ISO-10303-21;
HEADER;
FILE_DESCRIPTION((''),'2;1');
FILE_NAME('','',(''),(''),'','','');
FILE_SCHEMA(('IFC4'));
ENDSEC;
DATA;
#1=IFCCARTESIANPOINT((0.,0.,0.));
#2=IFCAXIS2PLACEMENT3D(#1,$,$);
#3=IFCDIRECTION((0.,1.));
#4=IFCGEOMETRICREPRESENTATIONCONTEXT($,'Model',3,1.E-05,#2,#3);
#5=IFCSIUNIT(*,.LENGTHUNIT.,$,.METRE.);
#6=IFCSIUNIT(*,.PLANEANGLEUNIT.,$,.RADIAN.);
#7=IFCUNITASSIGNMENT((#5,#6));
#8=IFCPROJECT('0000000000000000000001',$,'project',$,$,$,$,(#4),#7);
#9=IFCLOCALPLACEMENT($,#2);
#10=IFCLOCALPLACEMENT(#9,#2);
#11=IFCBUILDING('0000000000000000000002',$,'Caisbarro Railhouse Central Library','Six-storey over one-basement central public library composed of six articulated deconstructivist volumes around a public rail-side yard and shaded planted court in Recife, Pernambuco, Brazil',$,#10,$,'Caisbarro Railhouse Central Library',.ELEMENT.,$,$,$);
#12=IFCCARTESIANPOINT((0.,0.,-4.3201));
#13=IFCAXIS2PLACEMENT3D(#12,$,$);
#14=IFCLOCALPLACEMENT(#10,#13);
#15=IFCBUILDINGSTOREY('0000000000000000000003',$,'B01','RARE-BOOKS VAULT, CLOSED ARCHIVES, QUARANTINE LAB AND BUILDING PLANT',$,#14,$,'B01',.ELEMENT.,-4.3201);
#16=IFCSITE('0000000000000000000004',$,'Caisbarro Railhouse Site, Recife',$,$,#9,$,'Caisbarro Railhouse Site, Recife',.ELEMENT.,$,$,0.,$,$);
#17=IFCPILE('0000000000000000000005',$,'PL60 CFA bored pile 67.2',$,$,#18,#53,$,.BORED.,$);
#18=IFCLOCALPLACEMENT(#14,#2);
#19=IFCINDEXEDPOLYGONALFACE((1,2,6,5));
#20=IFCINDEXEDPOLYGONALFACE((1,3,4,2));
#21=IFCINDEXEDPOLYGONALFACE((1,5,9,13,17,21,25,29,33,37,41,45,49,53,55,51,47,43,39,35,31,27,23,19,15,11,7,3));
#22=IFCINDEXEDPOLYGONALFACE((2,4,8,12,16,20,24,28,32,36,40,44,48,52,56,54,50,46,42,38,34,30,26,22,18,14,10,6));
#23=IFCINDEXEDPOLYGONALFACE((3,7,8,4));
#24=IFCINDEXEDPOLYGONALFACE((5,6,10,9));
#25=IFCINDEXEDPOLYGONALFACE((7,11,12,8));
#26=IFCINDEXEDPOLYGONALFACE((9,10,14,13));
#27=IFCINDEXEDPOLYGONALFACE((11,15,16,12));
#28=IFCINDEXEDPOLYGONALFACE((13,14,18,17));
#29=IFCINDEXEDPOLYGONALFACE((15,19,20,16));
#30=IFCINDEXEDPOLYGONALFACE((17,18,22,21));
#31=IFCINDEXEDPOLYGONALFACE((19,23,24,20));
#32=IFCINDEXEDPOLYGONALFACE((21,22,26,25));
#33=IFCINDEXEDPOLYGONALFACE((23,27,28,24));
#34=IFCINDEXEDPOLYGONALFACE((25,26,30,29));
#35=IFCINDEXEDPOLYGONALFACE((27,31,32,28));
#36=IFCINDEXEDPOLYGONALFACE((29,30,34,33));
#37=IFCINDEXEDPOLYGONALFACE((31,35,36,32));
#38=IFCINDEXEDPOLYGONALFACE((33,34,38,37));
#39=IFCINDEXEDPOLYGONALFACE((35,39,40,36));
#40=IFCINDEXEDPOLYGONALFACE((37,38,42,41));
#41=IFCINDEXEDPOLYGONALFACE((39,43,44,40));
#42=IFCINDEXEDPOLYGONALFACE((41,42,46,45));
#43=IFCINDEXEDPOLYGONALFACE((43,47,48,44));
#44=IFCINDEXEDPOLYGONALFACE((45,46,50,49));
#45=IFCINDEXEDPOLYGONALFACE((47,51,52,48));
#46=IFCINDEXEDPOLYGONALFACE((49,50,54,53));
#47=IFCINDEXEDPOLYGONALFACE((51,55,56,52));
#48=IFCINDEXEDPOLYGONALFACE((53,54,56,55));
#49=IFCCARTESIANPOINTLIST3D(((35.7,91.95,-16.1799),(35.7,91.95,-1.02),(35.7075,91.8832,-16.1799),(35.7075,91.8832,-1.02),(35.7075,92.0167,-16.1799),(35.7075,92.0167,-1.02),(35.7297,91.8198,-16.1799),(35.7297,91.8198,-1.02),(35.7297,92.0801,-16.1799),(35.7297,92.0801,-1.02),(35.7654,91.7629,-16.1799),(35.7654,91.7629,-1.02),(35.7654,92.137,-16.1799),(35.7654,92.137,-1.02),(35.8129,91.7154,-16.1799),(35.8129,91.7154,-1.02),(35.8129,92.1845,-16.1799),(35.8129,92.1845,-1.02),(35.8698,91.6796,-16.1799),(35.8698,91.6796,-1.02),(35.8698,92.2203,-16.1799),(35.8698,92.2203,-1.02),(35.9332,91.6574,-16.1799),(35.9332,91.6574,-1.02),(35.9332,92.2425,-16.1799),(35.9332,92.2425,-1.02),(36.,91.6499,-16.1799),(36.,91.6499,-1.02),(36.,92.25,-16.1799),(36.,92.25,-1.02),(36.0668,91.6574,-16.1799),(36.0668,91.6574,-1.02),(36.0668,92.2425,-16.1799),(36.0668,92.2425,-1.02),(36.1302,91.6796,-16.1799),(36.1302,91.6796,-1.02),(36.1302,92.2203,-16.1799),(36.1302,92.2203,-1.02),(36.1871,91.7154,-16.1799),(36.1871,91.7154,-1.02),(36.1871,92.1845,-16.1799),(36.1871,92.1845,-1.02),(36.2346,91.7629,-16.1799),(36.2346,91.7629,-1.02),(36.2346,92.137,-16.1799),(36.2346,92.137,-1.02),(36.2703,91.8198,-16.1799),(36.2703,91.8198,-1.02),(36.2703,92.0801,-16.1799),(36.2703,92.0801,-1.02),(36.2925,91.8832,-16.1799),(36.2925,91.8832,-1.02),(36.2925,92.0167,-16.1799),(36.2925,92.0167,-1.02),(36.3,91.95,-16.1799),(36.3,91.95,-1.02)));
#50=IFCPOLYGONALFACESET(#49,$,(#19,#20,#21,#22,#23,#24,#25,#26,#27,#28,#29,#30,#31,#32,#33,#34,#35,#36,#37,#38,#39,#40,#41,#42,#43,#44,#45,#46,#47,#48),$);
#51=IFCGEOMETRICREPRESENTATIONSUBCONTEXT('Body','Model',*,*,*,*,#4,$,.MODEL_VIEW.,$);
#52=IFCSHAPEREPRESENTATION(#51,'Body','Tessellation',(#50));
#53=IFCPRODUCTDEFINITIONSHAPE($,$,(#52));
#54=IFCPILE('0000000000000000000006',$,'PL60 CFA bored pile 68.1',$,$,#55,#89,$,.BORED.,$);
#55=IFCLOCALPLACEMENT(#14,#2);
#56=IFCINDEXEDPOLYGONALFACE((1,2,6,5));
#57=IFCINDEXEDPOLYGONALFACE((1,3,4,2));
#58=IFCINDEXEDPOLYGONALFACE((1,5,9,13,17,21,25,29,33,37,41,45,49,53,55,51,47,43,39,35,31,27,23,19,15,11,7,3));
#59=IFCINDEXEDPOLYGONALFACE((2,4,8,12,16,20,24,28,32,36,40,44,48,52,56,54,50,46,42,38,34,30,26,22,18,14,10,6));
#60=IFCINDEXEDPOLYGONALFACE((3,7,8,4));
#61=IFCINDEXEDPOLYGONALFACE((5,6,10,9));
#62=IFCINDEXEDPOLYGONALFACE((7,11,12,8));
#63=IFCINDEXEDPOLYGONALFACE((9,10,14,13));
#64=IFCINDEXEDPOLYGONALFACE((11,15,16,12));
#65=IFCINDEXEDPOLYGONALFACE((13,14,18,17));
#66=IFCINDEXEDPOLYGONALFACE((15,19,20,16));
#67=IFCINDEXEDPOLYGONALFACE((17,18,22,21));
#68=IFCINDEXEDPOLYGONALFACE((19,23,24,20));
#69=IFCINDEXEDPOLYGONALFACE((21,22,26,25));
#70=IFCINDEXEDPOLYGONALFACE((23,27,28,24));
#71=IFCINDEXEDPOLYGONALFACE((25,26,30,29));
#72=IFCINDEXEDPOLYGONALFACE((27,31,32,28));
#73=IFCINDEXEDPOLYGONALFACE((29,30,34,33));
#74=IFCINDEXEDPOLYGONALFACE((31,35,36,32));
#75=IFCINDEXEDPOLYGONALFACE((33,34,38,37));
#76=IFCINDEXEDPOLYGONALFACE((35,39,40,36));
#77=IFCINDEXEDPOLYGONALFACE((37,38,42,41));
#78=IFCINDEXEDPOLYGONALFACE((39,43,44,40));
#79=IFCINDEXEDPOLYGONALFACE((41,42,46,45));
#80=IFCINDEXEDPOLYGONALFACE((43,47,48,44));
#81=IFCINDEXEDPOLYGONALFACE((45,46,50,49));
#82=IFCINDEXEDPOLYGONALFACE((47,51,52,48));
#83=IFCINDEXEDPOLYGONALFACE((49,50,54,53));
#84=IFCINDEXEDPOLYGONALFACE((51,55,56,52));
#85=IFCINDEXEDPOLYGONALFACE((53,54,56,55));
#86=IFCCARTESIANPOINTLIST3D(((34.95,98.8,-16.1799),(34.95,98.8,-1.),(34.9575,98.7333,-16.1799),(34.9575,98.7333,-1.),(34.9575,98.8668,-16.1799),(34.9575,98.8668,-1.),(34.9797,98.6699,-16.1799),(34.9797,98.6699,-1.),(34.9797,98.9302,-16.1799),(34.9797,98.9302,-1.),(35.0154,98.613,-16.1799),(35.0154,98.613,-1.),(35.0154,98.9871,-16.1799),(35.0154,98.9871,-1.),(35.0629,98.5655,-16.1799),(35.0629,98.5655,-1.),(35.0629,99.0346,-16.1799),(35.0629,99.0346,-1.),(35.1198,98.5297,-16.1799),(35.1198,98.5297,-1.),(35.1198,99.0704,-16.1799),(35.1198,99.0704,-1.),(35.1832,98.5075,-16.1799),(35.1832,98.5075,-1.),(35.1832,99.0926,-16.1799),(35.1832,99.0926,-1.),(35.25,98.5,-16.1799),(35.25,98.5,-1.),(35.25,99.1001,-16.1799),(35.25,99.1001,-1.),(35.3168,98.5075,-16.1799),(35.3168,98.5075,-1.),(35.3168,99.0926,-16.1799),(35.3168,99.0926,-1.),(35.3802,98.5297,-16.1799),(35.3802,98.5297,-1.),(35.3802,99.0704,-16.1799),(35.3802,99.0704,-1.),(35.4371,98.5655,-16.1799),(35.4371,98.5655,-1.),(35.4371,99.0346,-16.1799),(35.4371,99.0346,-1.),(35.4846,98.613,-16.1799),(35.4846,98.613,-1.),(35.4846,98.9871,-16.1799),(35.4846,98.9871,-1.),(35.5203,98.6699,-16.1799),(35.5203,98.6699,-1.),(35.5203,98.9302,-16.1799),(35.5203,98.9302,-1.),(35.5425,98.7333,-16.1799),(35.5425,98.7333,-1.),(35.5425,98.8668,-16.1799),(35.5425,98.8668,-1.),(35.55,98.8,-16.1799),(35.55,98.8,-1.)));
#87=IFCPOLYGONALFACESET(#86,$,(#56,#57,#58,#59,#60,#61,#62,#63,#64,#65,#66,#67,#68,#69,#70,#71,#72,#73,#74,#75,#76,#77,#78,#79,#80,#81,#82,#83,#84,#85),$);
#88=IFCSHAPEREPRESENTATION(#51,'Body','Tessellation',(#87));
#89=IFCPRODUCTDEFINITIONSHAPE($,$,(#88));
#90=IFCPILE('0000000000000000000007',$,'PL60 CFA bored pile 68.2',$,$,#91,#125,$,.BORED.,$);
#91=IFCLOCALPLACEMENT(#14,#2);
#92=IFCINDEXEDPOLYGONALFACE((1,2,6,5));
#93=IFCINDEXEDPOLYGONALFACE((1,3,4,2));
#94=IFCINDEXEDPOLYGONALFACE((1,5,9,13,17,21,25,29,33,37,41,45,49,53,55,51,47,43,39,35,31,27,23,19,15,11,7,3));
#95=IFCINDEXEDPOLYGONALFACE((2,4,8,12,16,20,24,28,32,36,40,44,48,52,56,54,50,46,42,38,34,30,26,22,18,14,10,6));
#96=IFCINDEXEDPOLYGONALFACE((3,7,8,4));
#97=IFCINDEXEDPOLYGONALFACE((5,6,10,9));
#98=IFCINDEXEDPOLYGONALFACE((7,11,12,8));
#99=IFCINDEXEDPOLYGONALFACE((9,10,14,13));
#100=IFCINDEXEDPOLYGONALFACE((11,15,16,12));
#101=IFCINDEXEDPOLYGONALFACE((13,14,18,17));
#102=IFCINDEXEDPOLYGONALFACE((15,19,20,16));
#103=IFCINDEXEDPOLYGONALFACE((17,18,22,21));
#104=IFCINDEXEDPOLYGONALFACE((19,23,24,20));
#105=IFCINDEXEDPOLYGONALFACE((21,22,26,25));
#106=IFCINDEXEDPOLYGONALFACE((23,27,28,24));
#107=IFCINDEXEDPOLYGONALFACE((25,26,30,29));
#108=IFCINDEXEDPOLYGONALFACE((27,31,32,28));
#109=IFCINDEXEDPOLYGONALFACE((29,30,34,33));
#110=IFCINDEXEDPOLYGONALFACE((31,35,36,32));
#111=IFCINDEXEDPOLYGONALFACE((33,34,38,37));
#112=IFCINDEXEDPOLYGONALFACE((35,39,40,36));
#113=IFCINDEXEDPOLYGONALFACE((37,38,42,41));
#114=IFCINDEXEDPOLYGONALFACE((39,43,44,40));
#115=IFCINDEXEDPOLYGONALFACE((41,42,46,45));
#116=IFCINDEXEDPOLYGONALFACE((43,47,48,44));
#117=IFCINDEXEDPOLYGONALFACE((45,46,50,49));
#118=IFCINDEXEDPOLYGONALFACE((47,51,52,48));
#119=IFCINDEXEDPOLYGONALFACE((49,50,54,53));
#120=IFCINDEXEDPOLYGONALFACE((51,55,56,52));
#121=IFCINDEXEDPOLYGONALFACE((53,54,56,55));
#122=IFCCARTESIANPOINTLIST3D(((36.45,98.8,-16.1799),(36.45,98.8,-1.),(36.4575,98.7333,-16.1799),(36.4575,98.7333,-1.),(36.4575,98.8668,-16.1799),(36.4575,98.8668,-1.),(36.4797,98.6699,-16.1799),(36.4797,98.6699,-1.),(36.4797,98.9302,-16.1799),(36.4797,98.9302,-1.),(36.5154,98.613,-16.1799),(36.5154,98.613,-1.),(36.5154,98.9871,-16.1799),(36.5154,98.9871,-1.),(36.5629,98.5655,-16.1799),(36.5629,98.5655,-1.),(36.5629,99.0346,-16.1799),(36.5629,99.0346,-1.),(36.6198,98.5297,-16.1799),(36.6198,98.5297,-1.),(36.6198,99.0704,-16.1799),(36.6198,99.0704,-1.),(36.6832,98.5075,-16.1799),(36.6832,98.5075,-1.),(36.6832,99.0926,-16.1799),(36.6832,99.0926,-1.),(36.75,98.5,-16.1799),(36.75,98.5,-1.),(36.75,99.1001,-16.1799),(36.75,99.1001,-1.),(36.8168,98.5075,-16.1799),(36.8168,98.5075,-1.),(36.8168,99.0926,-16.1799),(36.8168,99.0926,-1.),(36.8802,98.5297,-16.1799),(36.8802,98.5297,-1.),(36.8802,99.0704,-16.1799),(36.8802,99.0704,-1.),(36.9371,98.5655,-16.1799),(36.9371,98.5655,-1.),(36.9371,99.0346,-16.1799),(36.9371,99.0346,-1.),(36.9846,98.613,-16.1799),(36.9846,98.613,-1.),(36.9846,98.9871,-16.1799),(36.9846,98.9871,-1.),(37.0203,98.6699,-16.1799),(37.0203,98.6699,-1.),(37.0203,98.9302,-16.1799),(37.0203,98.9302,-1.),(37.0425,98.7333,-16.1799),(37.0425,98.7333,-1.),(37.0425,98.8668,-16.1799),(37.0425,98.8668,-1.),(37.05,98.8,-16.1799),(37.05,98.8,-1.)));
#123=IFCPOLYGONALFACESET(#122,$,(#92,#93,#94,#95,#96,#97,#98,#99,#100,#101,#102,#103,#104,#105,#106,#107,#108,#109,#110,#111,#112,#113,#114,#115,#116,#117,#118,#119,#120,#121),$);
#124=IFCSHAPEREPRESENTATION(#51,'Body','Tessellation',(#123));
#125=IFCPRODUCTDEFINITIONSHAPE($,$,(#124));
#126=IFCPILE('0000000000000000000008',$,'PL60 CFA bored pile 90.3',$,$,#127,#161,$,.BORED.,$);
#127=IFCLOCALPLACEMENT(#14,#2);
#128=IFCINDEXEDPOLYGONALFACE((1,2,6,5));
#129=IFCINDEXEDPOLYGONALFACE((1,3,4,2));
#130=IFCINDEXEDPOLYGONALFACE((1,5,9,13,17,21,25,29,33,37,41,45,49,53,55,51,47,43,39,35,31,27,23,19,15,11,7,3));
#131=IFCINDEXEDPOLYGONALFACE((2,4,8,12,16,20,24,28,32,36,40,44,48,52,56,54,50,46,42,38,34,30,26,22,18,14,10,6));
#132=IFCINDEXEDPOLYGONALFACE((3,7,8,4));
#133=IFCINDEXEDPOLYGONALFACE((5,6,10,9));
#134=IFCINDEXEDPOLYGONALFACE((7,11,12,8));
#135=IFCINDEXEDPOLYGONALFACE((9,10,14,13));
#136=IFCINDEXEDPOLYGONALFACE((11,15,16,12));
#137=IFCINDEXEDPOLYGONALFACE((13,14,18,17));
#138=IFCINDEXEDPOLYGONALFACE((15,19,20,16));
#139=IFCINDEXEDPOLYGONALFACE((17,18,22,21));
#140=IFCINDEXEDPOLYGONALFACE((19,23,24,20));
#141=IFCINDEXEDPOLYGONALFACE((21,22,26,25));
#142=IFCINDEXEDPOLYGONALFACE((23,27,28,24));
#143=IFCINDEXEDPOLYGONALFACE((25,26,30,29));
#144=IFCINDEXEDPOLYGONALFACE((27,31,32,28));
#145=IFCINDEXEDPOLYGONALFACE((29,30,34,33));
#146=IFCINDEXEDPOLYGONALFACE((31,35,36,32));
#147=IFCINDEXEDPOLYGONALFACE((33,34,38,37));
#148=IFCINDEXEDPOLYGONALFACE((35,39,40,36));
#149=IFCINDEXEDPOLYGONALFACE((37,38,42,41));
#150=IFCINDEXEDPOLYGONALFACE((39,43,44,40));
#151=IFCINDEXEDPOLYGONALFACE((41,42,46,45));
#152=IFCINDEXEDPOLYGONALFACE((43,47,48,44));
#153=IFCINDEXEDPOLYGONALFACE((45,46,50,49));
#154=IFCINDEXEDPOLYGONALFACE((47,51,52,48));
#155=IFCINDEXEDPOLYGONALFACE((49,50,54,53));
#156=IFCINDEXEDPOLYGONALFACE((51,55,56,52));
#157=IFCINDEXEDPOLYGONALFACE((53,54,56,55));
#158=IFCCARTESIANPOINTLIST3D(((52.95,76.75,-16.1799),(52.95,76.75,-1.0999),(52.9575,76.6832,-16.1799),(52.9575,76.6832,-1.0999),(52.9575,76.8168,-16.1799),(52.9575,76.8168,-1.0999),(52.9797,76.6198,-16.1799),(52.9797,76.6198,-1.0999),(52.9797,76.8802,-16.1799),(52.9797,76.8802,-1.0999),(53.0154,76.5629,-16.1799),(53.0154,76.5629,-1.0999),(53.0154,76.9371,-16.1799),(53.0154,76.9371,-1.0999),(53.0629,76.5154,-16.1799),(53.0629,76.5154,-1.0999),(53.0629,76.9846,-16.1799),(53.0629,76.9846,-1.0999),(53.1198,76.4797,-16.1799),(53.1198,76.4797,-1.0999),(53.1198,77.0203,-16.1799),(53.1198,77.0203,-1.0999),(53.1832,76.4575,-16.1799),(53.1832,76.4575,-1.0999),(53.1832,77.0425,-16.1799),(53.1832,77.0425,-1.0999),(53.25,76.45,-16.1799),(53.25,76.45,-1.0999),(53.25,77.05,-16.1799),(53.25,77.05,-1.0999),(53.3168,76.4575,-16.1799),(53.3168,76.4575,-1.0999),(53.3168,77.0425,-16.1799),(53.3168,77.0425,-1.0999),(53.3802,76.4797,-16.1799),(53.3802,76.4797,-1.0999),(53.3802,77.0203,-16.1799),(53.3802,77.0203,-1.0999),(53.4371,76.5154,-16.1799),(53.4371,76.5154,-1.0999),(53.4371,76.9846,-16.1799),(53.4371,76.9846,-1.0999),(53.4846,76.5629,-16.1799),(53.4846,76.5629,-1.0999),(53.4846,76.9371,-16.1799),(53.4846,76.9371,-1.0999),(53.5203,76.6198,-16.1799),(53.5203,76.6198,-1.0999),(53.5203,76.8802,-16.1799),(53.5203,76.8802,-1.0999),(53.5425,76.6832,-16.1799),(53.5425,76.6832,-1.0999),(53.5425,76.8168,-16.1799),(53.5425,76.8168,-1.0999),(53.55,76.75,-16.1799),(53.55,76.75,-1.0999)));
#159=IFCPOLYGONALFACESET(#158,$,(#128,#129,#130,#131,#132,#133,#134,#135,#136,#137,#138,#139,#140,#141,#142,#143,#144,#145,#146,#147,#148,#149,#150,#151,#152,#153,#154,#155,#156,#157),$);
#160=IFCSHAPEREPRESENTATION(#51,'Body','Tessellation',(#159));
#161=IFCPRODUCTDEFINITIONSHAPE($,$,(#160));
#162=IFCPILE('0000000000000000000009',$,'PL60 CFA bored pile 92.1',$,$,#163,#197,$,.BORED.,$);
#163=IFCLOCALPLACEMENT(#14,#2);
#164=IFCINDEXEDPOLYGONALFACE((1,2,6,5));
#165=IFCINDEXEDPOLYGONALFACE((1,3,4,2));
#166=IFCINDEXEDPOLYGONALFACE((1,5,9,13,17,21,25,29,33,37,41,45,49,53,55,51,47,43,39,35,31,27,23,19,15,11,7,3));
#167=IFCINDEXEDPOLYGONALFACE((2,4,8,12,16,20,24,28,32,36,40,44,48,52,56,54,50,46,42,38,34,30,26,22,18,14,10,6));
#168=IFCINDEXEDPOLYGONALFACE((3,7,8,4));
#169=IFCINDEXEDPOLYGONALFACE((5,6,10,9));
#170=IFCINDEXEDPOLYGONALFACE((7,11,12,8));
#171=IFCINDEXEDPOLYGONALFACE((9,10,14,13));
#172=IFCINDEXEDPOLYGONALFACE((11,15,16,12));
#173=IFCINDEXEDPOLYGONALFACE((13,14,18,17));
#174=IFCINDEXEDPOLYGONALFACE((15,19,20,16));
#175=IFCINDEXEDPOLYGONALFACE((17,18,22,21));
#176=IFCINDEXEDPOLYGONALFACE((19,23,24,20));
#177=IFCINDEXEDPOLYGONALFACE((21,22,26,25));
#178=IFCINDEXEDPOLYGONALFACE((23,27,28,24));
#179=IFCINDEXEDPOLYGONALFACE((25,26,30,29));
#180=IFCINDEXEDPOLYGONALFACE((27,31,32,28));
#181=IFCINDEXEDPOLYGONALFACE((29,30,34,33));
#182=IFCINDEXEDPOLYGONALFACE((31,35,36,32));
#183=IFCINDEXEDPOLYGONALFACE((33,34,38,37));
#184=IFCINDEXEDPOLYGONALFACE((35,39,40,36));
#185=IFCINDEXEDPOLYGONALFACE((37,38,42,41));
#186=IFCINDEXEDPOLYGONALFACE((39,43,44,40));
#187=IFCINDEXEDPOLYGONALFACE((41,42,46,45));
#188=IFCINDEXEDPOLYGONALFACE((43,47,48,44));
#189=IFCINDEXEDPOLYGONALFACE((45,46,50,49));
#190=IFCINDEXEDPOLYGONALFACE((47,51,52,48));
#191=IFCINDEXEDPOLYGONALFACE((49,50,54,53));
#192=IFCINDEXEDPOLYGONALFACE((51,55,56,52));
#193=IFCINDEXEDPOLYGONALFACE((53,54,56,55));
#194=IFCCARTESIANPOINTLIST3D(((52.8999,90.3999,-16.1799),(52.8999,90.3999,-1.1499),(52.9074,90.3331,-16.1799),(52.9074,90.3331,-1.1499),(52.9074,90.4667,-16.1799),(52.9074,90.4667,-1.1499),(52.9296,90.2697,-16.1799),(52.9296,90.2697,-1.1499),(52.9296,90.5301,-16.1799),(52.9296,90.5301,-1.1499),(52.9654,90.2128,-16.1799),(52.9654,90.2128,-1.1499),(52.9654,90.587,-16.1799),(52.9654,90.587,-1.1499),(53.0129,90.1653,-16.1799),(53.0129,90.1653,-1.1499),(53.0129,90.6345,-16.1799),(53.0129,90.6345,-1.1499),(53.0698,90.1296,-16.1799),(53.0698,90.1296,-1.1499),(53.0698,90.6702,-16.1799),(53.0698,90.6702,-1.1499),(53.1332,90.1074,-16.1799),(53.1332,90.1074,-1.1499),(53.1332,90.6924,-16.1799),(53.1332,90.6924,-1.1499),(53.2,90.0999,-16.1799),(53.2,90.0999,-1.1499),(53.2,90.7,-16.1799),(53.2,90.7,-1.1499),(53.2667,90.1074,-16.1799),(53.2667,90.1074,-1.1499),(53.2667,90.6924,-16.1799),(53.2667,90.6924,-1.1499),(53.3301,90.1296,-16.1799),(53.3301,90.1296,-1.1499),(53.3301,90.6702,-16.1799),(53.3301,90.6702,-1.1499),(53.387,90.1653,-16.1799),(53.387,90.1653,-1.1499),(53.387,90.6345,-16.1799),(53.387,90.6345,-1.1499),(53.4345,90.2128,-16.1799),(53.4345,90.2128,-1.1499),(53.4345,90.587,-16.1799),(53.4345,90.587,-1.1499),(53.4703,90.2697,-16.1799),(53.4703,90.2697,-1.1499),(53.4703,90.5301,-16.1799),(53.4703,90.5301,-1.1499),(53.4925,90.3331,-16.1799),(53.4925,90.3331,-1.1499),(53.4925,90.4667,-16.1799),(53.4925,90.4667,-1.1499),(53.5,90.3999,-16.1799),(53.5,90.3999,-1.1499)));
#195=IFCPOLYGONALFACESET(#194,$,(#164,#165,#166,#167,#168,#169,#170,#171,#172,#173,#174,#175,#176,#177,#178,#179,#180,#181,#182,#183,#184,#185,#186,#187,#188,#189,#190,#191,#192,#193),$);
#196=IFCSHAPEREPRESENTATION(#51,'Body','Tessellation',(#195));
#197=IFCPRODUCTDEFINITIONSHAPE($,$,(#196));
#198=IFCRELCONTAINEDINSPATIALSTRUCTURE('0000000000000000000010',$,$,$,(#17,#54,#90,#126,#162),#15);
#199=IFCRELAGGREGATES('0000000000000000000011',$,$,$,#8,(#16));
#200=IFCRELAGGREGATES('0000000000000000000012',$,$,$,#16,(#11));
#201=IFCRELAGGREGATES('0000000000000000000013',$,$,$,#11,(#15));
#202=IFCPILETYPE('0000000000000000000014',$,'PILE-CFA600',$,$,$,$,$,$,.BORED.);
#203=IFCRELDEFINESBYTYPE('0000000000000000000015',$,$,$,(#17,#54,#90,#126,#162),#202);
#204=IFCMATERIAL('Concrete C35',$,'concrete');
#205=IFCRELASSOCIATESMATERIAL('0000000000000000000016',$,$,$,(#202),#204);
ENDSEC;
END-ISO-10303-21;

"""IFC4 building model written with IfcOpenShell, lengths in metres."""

from ifc_helpers import new_model, si_unit, direction, frame, origin, origin_2d, place, context, subcontext, project, spatial, circle, extrude, material, material_profile, profile_set, type_object, element, save


model = new_model("IFC4")

# Units and contexts
model_context = context("Model", 3, precision=1e-05, world=origin(), true_north=direction((0.0, 1.0)))
body_context = subcontext(model_context, "Body", "Model", "MODEL_VIEW")
ifc_project = project(units=[si_unit("LENGTHUNIT", "METRE"), si_unit("PLANEANGLEUNIT", "RADIAN")], contexts=[model_context])

# Site, building, storey
site_placement = place(None, origin())
site = spatial("IfcSite", under=ifc_project, at=site_placement, Name="Caisbarro Railhouse Site, Recife", LongName="Caisbarro Railhouse Site, Recife", CompositionType="ELEMENT", RefElevation=0.0)
building_placement = place(site_placement, origin())
building = spatial("IfcBuilding", under=site, at=building_placement, Name="Caisbarro Railhouse Central Library", Description="Six-storey over one-basement central public library composed of six articulated deconstructivist volumes around a public rail-side yard and shaded planted court in Recife, Pernambuco, Brazil", LongName="Caisbarro Railhouse Central Library", CompositionType="ELEMENT")
storey_placement = place(building_placement, frame((0.0, 0.0, -4.3201)))
storey = spatial("IfcBuildingStorey", under=building, at=storey_placement, Name="B01", Description="RARE-BOOKS VAULT, CLOSED ARCHIVES, QUARANTINE LAB AND BUILDING PLANT", LongName="B01", CompositionType="ELEMENT", Elevation=-4.3201)

# Shared definitions
ifc_material_1 = material(Name="Concrete C35", Category="concrete")

# Piles
ifc_material_profile_1 = material_profile(ifc_material_1, circle(Radius=0.3, at=origin_2d()), Name="PILE-CFA-600")
ifc_profile_set_1 = profile_set([ifc_material_profile_1], Name="Concrete C35")
pile_type_1 = type_object("IfcPileType", Name="PILE-CFA600", PredefinedType="BORED", material=ifc_profile_set_1)
for number, where, z_axis, x_axis, name in (
    (1, (36.0, 91.95, -1.02), (0.0, 0.0, -1.0), (1.0, 0.0, 0.0), "PL60 CFA bored pile 67.2"),
):
    element("IfcPile", number, at=place(storey_placement, frame(where, z_axis=z_axis, x_axis=x_axis)), inside=storey, type_object=pile_type_1, Name=name, PredefinedType="BORED", context=body_context, shape_type="SweptSolid", body=[
        extrude(circle(Radius=0.3, at=origin_2d()), origin(), (0.0, 0.0, 1.0), 15.1599),
    ])
for number, where, z_axis, x_axis, name in (
    (2, (35.25, 98.8, -1.0), (0.0, 0.0, -1.0), (1.0, 0.0, 0.0), "PL60 CFA bored pile 68.1"),
    (3, (36.75, 98.8, -1.0), (0.0, 0.0, -1.0), (1.0, 0.0, 0.0), "PL60 CFA bored pile 68.2"),
):
    element("IfcPile", number, at=place(storey_placement, frame(where, z_axis=z_axis, x_axis=x_axis)), inside=storey, type_object=pile_type_1, Name=name, PredefinedType="BORED", context=body_context, shape_type="SweptSolid", body=[
        extrude(circle(Radius=0.3, at=origin_2d()), origin(), (0.0, 0.0, 1.0), 15.1799),
    ])
pile_1_placement = place(storey_placement, frame((53.25, 76.75, -1.0999), z_axis=(0.0, 0.0, -1.0), x_axis=(1.0, 0.0, 0.0)))
element("IfcPile", 4, at=pile_1_placement, inside=storey, type_object=pile_type_1, Name="PL60 CFA bored pile 90.3", PredefinedType="BORED", context=body_context, shape_type="SweptSolid", body=[
    extrude(circle(Radius=0.3, at=origin_2d()), origin(), (0.0, 0.0, 1.0), 15.0801),
])
for number, where, z_axis, x_axis, name in (
    (5, (53.2, 90.3999, -1.1499), (0.0, 0.0, -1.0), (1.0, 0.0, 0.0), "PL60 CFA bored pile 92.1"),
):
    element("IfcPile", number, at=place(storey_placement, frame(where, z_axis=z_axis, x_axis=x_axis)), inside=storey, type_object=pile_type_1, Name=name, PredefinedType="BORED", context=body_context, shape_type="SweptSolid", body=[
        extrude(circle(Radius=0.3, at=origin_2d()), origin(), (0.0, 0.0, 1.0), 15.03),
    ])

save(model, "model.ifc")
